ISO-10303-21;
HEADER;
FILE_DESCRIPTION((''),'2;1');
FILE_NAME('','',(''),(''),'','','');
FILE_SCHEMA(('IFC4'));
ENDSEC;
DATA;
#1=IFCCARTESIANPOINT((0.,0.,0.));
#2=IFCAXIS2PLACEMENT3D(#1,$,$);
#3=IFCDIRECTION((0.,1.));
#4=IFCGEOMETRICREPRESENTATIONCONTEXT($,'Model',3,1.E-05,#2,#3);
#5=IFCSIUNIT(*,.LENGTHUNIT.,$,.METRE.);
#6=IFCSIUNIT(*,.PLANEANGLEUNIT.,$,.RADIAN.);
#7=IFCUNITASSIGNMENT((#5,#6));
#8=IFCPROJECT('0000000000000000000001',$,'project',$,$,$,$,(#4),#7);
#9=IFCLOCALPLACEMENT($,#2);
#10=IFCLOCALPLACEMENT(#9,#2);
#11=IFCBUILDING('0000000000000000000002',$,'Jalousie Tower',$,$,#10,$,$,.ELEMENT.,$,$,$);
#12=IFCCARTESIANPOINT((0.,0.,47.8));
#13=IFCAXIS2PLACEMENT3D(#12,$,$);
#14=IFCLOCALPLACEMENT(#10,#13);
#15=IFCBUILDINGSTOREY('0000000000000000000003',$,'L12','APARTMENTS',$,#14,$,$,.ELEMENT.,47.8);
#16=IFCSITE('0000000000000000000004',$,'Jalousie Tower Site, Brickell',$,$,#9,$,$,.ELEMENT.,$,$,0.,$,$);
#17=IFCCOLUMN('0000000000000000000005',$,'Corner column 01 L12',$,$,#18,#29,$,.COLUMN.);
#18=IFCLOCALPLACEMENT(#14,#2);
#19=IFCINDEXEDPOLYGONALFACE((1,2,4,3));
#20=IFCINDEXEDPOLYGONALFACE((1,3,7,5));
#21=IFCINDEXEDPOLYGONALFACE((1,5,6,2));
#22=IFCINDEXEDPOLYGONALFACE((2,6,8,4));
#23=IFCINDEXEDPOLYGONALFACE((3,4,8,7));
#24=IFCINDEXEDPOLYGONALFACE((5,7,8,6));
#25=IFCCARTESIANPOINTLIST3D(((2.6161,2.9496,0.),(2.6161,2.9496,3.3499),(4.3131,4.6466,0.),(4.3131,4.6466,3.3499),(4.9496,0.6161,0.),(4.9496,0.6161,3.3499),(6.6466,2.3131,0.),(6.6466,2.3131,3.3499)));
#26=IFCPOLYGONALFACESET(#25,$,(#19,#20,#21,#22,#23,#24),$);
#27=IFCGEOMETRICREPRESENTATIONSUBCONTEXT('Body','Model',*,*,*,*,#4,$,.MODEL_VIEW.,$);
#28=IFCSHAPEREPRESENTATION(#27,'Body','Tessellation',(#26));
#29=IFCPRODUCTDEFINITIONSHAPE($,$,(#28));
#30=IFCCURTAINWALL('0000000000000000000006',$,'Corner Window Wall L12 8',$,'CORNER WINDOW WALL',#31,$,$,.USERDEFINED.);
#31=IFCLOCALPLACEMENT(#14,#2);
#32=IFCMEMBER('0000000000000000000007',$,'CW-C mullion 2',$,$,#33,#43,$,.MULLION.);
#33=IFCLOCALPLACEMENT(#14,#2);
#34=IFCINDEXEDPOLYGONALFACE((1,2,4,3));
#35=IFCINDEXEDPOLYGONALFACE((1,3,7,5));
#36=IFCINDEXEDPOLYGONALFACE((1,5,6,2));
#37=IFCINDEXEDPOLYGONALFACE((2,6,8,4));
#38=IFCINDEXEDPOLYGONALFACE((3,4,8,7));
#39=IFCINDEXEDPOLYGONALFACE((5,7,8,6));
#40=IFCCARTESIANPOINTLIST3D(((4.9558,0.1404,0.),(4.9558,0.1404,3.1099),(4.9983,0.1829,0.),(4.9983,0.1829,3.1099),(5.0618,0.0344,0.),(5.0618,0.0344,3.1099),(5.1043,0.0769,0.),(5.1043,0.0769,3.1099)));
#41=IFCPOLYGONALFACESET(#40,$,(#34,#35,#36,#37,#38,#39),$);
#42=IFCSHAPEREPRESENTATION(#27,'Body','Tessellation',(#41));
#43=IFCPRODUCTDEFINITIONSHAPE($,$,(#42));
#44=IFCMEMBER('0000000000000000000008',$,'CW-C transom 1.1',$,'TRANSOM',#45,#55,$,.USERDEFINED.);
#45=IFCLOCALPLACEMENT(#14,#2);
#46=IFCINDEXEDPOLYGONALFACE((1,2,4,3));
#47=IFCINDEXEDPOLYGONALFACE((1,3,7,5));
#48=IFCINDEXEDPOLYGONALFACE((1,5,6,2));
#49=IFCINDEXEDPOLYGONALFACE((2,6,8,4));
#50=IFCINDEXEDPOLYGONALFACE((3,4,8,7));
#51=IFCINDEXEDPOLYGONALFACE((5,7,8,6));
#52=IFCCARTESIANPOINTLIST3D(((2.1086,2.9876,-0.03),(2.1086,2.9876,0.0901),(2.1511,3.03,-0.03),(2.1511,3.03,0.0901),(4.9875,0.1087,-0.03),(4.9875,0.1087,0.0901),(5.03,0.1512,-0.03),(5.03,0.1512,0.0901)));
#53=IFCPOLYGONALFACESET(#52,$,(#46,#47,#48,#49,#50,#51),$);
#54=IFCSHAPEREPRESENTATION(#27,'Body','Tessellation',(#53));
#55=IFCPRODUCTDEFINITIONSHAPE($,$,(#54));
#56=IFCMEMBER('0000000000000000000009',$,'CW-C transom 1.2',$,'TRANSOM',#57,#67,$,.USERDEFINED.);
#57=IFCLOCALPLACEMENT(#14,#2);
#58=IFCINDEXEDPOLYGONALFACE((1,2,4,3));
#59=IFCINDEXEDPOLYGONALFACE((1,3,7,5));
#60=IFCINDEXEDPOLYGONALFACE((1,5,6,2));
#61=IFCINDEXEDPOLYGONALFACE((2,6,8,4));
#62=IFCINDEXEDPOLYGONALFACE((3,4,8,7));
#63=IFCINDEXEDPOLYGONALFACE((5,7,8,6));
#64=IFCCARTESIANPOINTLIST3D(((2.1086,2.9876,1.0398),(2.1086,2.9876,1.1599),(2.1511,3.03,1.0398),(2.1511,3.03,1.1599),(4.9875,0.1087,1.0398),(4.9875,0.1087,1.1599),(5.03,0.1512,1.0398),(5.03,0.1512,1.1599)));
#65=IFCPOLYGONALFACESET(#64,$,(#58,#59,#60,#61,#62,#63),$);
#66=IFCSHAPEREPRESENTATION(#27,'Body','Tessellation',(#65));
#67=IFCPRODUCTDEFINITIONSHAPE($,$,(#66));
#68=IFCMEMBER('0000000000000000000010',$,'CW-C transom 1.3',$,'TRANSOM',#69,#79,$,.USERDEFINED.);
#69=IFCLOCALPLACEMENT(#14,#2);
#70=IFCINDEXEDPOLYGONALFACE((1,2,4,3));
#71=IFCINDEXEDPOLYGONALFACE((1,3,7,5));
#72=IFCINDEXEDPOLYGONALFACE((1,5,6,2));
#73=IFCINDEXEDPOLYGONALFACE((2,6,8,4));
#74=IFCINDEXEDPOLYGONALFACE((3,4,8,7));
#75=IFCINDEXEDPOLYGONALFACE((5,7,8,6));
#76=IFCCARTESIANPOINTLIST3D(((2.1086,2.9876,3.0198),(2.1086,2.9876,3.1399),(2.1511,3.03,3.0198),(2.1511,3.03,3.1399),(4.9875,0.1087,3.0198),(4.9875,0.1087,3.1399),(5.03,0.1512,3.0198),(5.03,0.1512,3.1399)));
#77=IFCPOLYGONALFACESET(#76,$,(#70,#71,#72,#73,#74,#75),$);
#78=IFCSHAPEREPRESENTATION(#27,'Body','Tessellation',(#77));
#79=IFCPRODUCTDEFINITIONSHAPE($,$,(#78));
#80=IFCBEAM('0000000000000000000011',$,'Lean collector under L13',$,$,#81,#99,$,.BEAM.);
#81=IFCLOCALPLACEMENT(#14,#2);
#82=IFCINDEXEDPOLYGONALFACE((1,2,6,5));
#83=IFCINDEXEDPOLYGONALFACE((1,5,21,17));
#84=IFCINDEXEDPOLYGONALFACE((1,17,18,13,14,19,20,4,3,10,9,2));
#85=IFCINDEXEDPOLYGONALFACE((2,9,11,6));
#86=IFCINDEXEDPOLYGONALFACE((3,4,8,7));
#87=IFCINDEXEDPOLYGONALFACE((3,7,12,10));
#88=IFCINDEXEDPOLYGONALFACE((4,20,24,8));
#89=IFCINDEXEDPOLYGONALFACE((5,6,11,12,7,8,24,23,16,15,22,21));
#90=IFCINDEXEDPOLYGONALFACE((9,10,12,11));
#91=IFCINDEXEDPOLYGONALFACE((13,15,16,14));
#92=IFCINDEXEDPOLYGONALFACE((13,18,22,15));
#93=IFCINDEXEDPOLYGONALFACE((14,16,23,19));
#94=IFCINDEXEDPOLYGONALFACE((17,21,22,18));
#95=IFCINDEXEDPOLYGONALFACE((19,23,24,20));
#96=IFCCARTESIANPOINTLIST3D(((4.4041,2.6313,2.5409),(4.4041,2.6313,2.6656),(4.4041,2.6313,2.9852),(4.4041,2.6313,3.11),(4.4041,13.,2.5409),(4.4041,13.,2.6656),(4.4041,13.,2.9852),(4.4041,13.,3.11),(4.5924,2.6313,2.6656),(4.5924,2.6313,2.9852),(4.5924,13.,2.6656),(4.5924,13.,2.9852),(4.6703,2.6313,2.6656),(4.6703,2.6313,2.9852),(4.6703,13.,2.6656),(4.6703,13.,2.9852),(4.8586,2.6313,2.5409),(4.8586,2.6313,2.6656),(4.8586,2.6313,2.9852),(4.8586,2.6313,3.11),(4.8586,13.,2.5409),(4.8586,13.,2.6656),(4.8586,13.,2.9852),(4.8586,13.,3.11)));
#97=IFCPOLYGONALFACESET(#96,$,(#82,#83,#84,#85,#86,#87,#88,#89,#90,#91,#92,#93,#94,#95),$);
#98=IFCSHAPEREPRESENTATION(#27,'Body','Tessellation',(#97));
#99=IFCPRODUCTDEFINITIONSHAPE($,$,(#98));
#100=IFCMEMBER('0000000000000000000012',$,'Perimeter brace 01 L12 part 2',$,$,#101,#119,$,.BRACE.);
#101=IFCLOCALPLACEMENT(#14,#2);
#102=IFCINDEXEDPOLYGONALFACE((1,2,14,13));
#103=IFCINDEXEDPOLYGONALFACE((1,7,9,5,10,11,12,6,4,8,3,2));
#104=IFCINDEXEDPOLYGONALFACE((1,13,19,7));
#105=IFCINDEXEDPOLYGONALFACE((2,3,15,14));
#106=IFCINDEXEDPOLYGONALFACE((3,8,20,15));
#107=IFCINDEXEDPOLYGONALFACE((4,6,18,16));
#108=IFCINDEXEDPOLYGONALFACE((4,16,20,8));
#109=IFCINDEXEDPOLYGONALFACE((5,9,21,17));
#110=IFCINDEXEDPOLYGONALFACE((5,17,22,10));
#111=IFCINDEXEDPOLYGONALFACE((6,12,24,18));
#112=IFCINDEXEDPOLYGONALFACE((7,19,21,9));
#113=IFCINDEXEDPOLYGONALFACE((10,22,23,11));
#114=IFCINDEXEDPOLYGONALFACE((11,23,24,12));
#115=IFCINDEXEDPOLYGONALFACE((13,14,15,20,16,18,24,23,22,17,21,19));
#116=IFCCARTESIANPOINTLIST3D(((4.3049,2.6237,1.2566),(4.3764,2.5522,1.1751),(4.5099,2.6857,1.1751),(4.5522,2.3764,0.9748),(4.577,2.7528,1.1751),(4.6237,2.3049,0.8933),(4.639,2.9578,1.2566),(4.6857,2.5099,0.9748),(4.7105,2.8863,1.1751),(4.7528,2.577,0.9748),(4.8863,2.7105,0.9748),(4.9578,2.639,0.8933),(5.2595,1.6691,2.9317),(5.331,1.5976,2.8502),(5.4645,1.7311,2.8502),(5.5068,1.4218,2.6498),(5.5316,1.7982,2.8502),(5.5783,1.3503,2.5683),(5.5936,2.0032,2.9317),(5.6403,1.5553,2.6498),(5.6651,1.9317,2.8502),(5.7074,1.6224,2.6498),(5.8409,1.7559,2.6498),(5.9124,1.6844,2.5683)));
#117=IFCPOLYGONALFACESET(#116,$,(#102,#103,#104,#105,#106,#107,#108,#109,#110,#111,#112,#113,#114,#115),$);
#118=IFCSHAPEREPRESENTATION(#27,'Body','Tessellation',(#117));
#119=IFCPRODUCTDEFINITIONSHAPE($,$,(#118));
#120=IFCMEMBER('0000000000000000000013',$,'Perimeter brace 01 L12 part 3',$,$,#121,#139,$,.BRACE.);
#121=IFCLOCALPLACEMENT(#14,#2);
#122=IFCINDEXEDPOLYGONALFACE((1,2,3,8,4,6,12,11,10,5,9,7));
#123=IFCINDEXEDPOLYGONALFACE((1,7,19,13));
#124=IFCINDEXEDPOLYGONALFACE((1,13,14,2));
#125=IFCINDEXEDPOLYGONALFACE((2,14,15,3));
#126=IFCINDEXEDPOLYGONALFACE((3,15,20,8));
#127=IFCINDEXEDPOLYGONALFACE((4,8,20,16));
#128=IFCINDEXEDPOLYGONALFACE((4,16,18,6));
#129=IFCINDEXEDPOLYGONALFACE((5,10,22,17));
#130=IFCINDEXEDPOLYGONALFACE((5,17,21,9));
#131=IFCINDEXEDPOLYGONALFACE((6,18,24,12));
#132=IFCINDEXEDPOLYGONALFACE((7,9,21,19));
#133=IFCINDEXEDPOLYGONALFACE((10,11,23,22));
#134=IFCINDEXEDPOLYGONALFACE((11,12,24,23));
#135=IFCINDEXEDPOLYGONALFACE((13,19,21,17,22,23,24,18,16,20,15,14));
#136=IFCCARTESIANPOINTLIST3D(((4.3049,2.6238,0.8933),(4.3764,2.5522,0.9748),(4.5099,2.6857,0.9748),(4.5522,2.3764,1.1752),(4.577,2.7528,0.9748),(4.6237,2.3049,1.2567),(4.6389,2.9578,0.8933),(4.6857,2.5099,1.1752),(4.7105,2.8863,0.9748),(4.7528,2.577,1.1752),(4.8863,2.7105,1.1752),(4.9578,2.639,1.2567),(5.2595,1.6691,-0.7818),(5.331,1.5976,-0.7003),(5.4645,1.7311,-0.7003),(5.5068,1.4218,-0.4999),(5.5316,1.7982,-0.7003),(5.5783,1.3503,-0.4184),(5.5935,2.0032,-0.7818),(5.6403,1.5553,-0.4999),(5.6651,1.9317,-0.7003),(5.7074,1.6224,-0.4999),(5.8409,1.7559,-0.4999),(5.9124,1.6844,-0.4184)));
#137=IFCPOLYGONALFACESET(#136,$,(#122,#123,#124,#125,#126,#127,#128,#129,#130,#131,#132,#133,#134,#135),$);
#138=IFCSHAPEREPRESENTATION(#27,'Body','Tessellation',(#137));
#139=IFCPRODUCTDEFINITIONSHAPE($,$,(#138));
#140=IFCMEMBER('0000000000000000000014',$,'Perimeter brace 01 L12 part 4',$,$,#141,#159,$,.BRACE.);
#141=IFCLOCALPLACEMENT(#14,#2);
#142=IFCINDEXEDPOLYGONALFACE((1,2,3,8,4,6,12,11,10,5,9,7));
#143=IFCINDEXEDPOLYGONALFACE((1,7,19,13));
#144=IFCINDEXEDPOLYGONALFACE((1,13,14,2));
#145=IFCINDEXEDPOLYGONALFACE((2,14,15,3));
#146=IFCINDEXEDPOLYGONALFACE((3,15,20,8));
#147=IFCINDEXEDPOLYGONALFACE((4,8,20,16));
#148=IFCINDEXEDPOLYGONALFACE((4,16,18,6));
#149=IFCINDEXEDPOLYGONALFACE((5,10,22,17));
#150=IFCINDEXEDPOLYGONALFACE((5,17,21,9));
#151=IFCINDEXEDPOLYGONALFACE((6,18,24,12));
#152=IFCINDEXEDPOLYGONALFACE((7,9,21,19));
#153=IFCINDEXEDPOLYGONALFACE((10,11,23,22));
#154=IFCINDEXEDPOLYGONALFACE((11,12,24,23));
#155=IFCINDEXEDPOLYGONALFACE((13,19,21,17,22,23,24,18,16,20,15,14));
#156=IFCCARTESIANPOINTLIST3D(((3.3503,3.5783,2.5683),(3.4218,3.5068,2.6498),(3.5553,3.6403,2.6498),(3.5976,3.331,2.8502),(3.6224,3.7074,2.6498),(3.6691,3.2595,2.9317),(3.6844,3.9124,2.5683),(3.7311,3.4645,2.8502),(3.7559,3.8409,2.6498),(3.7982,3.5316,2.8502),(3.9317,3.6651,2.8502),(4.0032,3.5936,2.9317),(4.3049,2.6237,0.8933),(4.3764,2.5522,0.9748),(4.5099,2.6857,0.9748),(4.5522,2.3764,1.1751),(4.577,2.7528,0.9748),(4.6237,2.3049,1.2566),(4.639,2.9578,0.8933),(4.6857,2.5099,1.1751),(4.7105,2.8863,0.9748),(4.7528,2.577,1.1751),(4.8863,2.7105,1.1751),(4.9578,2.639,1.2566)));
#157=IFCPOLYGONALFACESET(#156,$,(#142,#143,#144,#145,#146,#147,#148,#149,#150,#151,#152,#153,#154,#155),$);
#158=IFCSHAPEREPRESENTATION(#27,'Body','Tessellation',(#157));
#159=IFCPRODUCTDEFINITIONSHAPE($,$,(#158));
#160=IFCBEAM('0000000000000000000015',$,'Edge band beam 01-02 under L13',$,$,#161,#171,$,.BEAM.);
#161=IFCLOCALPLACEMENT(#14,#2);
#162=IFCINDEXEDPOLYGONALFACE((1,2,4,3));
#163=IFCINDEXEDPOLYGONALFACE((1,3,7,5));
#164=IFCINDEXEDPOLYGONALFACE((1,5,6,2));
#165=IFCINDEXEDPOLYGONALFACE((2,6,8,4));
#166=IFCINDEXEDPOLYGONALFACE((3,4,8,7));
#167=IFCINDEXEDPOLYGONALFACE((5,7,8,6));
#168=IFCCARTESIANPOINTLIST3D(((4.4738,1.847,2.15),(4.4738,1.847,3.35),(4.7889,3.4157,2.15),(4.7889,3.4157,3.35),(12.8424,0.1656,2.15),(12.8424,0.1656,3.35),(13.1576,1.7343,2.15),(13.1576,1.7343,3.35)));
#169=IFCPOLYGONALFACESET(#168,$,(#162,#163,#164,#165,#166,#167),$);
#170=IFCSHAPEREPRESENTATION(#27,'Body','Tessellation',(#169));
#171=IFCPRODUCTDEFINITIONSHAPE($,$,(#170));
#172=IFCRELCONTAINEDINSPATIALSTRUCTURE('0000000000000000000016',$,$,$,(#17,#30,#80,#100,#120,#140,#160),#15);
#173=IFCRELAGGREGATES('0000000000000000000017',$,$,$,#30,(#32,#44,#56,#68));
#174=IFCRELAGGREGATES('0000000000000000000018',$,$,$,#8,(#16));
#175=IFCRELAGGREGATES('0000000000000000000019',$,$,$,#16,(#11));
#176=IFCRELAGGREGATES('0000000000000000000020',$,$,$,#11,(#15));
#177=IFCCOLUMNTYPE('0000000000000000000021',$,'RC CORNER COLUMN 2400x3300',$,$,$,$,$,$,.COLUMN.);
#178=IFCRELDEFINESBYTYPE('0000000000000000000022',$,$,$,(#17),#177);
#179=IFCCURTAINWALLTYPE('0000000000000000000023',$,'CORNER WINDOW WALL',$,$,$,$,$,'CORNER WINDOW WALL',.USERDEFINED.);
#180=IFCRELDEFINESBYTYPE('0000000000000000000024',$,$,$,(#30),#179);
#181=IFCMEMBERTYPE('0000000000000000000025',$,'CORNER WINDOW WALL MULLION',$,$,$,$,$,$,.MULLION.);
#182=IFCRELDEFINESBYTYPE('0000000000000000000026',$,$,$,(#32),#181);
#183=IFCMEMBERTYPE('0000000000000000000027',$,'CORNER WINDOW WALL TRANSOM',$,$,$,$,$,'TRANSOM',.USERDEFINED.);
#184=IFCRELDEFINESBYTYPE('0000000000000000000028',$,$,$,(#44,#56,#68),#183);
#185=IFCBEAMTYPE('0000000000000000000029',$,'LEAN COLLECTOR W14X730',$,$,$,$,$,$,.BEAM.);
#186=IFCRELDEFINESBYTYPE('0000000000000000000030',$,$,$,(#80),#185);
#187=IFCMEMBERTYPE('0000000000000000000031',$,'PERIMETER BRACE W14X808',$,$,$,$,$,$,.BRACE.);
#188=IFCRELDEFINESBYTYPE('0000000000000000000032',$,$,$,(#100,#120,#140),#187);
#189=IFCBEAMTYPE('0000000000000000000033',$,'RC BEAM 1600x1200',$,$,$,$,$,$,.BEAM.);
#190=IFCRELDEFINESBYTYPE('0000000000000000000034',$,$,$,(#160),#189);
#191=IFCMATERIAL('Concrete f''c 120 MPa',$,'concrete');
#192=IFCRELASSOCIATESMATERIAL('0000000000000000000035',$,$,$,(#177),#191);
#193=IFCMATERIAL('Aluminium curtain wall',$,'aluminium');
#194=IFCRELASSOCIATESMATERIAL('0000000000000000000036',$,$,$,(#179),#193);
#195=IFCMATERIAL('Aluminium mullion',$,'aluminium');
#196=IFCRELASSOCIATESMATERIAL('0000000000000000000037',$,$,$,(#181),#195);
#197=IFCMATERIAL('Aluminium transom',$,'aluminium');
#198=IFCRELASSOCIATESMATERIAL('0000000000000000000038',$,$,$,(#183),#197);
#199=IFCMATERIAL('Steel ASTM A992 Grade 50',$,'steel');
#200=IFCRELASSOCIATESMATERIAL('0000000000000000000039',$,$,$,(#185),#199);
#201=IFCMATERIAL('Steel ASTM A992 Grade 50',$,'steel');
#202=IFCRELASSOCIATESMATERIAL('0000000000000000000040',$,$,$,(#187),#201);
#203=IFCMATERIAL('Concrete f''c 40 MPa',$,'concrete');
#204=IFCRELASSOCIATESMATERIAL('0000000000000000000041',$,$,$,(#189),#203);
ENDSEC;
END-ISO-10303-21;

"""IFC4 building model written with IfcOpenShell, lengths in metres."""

from ifc_helpers import new_model, si_unit, direction, frame, origin, origin_2d, place, context, subcontext, project, spatial, rectangle, i_section, extrude, material, material_profile, profile_set, type_object, element, aggregate, save


model = new_model("IFC4")

# Units and contexts
model_context = context("Model", 3, precision=1e-05, world=origin(), true_north=direction((0.0, 1.0)))
body_context = subcontext(model_context, "Body", "Model", "MODEL_VIEW")
ifc_project = project(units=[si_unit("LENGTHUNIT", "METRE"), si_unit("PLANEANGLEUNIT", "RADIAN")], contexts=[model_context])

# Site, building, storey
site_placement = place(None, origin())
site = spatial("IfcSite", under=ifc_project, at=site_placement, Name="Jalousie Tower Site, Brickell", CompositionType="ELEMENT", RefElevation=0.0)
building_placement = place(site_placement, origin())
building = spatial("IfcBuilding", under=site, at=building_placement, Name="Jalousie Tower", CompositionType="ELEMENT")
storey_placement = place(building_placement, frame((0.0, 0.0, 47.8)))
storey = spatial("IfcBuildingStorey", under=building, at=storey_placement, Name="L12", Description="APARTMENTS", CompositionType="ELEMENT", Elevation=47.8)

# Column
ifc_material_1 = material(Name="Concrete f'c 120 MPa", Category="concrete")
ifc_material_profile_1 = material_profile(ifc_material_1, rectangle(XDim=2.3999, YDim=3.3, at=origin_2d()), Name="RC 2400x3300")
ifc_profile_set_1 = profile_set([ifc_material_profile_1], Name="Concrete f'c 120 MPa")
column_type = type_object("IfcColumnType", Name="RC CORNER COLUMN 2400x3300", PredefinedType="COLUMN", material=ifc_profile_set_1)
column_placement = place(storey_placement, frame((4.6313, 2.6313, 0.0), z_axis=(0.0, 0.0, 1.0), x_axis=(0.707107, 0.707107, 0.0)))
element("IfcColumn", 1, at=column_placement, inside=storey, type_object=column_type, Name="Corner column 01 L12", PredefinedType="COLUMN", context=body_context, shape_type="SweptSolid", body=[
    extrude(rectangle(XDim=2.3999, YDim=3.3, at=origin_2d()), origin(), (0.0, 0.0, 1.0), 3.3499),
])

# Curtain wall, members
ifc_material_2 = material(Name="Aluminium curtain wall", Category="aluminium")
curtain_wall_type_1 = type_object("IfcCurtainWallType", Name="CORNER WINDOW WALL", ElementType="CORNER WINDOW WALL", PredefinedType="USERDEFINED", material=ifc_material_2)
curtain_wall_1_placement = place(storey_placement, origin())
curtain_wall_1 = element("IfcCurtainWall", 2, at=curtain_wall_1_placement, inside=storey, type_object=curtain_wall_type_1, Name="Corner Window Wall L12 8", ObjectType="CORNER WINDOW WALL", PredefinedType="USERDEFINED")
ifc_material_3 = material(Name="Aluminium mullion", Category="aluminium")
ifc_material_profile_2 = material_profile(ifc_material_3, rectangle(XDim=0.0601, YDim=0.1499, at=origin_2d()), Name="MULLION 60x150")
ifc_profile_set_2 = profile_set([ifc_material_profile_2], Name="Aluminium mullion")
member_type_1 = type_object("IfcMemberType", Name="CORNER WINDOW WALL MULLION", PredefinedType="MULLION", material=ifc_profile_set_2)
member_1_placement = place(storey_placement, frame((5.03, 0.1086, 0.0), z_axis=(0.0, 0.0, 1.0), x_axis=(0.707107, 0.707107, 0.0)))
member_1 = element("IfcMember", 3, at=member_1_placement, type_object=member_type_1, Name="CW-C mullion 2", PredefinedType="MULLION", context=body_context, shape_type="SweptSolid", body=[
    extrude(rectangle(XDim=0.0601, YDim=0.1499, at=origin_2d()), origin(), (0.0, 0.0, 1.0), 3.1099),
])
ifc_material_4 = material(Name="Aluminium transom", Category="aluminium")
ifc_material_profile_3 = material_profile(ifc_material_4, rectangle(XDim=0.0601, YDim=0.1201, at=origin_2d()), Name="TRANSOM 60x120")
ifc_profile_set_3 = profile_set([ifc_material_profile_3], Name="Aluminium transom")
member_type_2 = type_object("IfcMemberType", Name="CORNER WINDOW WALL TRANSOM", ElementType="TRANSOM", PredefinedType="USERDEFINED", material=ifc_profile_set_3)
member_2_placement = place(storey_placement, frame((2.1299, 3.0088, 0.03), z_axis=(0.707107, -0.707107, 0.0), x_axis=(0.707107, 0.707107, 0.0)))
member_2 = element("IfcMember", 4, at=member_2_placement, type_object=member_type_2, Name="CW-C transom 1.1", ObjectType="TRANSOM", PredefinedType="USERDEFINED", context=body_context, shape_type="SweptSolid", body=[
    extrude(rectangle(XDim=0.0601, YDim=0.1201, at=origin_2d()), origin(), (0.0, 0.0, 1.0), 4.0713),
])
member_3_placement = place(storey_placement, frame((2.1299, 3.0088, 1.0999), z_axis=(0.707107, -0.707107, 0.0), x_axis=(0.707107, 0.707107, 0.0)))
member_3 = element("IfcMember", 5, at=member_3_placement, type_object=member_type_2, Name="CW-C transom 1.2", ObjectType="TRANSOM", PredefinedType="USERDEFINED", context=body_context, shape_type="SweptSolid", body=[
    extrude(rectangle(XDim=0.0601, YDim=0.1201, at=origin_2d()), origin(), (0.0, 0.0, 1.0), 4.0713),
])
member_4_placement = place(storey_placement, frame((2.1299, 3.0088, 3.0798), z_axis=(0.707107, -0.707107, 0.0), x_axis=(0.707107, 0.707107, 0.0)))
member_4 = element("IfcMember", 6, at=member_4_placement, type_object=member_type_2, Name="CW-C transom 1.3", ObjectType="TRANSOM", PredefinedType="USERDEFINED", context=body_context, shape_type="SweptSolid", body=[
    extrude(rectangle(XDim=0.0601, YDim=0.1201, at=origin_2d()), origin(), (0.0, 0.0, 1.0), 4.0713),
])

# Beam
ifc_material_5 = material(Name="Steel ASTM A992 Grade 50", Category="steel")
ifc_material_profile_4 = material_profile(ifc_material_5, i_section(OverallWidth=0.4546, OverallDepth=0.5691, WebThickness=0.0779, FlangeThickness=0.1248, at=origin_2d()), Name="W14X730")
ifc_profile_set_4 = profile_set([ifc_material_profile_4], Name="Steel ASTM A992 Grade 50")
beam_type_1 = type_object("IfcBeamType", Name="LEAN COLLECTOR W14X730", PredefinedType="BEAM", material=ifc_profile_set_4)
beam_1_placement = place(storey_placement, frame((4.6313, 2.6313, 2.8254), z_axis=(0.0, 1.0, 0.0), x_axis=(-1.0, 0.0, 0.0)))
element("IfcBeam", 7, at=beam_1_placement, inside=storey, type_object=beam_type_1, Name="Lean collector under L13", PredefinedType="BEAM", context=body_context, shape_type="SweptSolid", body=[
    extrude(i_section(OverallWidth=0.4546, OverallDepth=0.5691, WebThickness=0.0779, FlangeThickness=0.1248, at=origin_2d()), origin(), (0.0, 0.0, 1.0), 10.3687),
])

# Members
ifc_material_6 = material(Name="Steel ASTM A992 Grade 50", Category="steel")
ifc_material_profile_5 = material_profile(ifc_material_6, i_section(OverallWidth=0.4724, OverallDepth=0.5791, WebThickness=0.095, FlangeThickness=0.1299, at=origin_2d()), Name="W14X808")
ifc_profile_set_5 = profile_set([ifc_material_profile_5], Name="Steel ASTM A992 Grade 50")
member_type_3 = type_object("IfcMemberType", Name="PERIMETER BRACE W14X808", PredefinedType="BRACE", material=ifc_profile_set_5)
for number, where, z_axis, x_axis, name in (
    (8, (4.6313, 2.6313, 1.075), (0.443718, -0.443718, 0.778607), (0.707107, 0.707107, 0.0), "Perimeter brace 01 L12 part 2"),
    (9, (5.5859, 1.6768, -0.6001), (-0.443718, 0.443718, 0.778607), (-0.707107, -0.707107, 0.0), "Perimeter brace 01 L12 part 3"),
    (10, (4.6313, 2.6313, 1.075), (-0.443718, 0.443718, 0.778607), (-0.707107, -0.707107, 0.0), "Perimeter brace 01 L12 part 4"),
):
    element("IfcMember", number, at=place(storey_placement, frame(where, z_axis=z_axis, x_axis=x_axis)), inside=storey, type_object=member_type_3, Name=name, PredefinedType="BRACE", context=body_context, shape_type="SweptSolid", body=[
        extrude(i_section(OverallWidth=0.4724, OverallDepth=0.5791, WebThickness=0.095, FlangeThickness=0.1299, at=origin_2d()), origin(), (0.0, 0.0, 1.0), 2.1514),
    ])

# Beam
ifc_material_7 = material(Name="Concrete f'c 40 MPa", Category="concrete")
ifc_material_profile_6 = material_profile(ifc_material_7, rectangle(XDim=1.6001, YDim=1.2, at=origin_2d()), Name="RC 1600x1200")
ifc_profile_set_6 = profile_set([ifc_material_profile_6], Name="Concrete f'c 40 MPa")
beam_type_2 = type_object("IfcBeamType", Name="RC BEAM 1600x1200", PredefinedType="BEAM", material=ifc_profile_set_6)
beam_2_placement = place(storey_placement, frame((4.6313, 2.6313, 2.75), z_axis=(0.980408, -0.19698, 0.0), x_axis=(0.19698, 0.980408, 0.0)))
element("IfcBeam", 11, at=beam_2_placement, inside=storey, type_object=beam_type_2, Name="Edge band beam 01-02 under L13", PredefinedType="BEAM", context=body_context, shape_type="SweptSolid", body=[
    extrude(rectangle(XDim=1.6001, YDim=1.2, at=origin_2d()), origin(), (0.0, 0.0, 1.0), 8.5359),
])

aggregate(curtain_wall_1, [member_1, member_2, member_3, member_4])

save(model, "model.ifc")
